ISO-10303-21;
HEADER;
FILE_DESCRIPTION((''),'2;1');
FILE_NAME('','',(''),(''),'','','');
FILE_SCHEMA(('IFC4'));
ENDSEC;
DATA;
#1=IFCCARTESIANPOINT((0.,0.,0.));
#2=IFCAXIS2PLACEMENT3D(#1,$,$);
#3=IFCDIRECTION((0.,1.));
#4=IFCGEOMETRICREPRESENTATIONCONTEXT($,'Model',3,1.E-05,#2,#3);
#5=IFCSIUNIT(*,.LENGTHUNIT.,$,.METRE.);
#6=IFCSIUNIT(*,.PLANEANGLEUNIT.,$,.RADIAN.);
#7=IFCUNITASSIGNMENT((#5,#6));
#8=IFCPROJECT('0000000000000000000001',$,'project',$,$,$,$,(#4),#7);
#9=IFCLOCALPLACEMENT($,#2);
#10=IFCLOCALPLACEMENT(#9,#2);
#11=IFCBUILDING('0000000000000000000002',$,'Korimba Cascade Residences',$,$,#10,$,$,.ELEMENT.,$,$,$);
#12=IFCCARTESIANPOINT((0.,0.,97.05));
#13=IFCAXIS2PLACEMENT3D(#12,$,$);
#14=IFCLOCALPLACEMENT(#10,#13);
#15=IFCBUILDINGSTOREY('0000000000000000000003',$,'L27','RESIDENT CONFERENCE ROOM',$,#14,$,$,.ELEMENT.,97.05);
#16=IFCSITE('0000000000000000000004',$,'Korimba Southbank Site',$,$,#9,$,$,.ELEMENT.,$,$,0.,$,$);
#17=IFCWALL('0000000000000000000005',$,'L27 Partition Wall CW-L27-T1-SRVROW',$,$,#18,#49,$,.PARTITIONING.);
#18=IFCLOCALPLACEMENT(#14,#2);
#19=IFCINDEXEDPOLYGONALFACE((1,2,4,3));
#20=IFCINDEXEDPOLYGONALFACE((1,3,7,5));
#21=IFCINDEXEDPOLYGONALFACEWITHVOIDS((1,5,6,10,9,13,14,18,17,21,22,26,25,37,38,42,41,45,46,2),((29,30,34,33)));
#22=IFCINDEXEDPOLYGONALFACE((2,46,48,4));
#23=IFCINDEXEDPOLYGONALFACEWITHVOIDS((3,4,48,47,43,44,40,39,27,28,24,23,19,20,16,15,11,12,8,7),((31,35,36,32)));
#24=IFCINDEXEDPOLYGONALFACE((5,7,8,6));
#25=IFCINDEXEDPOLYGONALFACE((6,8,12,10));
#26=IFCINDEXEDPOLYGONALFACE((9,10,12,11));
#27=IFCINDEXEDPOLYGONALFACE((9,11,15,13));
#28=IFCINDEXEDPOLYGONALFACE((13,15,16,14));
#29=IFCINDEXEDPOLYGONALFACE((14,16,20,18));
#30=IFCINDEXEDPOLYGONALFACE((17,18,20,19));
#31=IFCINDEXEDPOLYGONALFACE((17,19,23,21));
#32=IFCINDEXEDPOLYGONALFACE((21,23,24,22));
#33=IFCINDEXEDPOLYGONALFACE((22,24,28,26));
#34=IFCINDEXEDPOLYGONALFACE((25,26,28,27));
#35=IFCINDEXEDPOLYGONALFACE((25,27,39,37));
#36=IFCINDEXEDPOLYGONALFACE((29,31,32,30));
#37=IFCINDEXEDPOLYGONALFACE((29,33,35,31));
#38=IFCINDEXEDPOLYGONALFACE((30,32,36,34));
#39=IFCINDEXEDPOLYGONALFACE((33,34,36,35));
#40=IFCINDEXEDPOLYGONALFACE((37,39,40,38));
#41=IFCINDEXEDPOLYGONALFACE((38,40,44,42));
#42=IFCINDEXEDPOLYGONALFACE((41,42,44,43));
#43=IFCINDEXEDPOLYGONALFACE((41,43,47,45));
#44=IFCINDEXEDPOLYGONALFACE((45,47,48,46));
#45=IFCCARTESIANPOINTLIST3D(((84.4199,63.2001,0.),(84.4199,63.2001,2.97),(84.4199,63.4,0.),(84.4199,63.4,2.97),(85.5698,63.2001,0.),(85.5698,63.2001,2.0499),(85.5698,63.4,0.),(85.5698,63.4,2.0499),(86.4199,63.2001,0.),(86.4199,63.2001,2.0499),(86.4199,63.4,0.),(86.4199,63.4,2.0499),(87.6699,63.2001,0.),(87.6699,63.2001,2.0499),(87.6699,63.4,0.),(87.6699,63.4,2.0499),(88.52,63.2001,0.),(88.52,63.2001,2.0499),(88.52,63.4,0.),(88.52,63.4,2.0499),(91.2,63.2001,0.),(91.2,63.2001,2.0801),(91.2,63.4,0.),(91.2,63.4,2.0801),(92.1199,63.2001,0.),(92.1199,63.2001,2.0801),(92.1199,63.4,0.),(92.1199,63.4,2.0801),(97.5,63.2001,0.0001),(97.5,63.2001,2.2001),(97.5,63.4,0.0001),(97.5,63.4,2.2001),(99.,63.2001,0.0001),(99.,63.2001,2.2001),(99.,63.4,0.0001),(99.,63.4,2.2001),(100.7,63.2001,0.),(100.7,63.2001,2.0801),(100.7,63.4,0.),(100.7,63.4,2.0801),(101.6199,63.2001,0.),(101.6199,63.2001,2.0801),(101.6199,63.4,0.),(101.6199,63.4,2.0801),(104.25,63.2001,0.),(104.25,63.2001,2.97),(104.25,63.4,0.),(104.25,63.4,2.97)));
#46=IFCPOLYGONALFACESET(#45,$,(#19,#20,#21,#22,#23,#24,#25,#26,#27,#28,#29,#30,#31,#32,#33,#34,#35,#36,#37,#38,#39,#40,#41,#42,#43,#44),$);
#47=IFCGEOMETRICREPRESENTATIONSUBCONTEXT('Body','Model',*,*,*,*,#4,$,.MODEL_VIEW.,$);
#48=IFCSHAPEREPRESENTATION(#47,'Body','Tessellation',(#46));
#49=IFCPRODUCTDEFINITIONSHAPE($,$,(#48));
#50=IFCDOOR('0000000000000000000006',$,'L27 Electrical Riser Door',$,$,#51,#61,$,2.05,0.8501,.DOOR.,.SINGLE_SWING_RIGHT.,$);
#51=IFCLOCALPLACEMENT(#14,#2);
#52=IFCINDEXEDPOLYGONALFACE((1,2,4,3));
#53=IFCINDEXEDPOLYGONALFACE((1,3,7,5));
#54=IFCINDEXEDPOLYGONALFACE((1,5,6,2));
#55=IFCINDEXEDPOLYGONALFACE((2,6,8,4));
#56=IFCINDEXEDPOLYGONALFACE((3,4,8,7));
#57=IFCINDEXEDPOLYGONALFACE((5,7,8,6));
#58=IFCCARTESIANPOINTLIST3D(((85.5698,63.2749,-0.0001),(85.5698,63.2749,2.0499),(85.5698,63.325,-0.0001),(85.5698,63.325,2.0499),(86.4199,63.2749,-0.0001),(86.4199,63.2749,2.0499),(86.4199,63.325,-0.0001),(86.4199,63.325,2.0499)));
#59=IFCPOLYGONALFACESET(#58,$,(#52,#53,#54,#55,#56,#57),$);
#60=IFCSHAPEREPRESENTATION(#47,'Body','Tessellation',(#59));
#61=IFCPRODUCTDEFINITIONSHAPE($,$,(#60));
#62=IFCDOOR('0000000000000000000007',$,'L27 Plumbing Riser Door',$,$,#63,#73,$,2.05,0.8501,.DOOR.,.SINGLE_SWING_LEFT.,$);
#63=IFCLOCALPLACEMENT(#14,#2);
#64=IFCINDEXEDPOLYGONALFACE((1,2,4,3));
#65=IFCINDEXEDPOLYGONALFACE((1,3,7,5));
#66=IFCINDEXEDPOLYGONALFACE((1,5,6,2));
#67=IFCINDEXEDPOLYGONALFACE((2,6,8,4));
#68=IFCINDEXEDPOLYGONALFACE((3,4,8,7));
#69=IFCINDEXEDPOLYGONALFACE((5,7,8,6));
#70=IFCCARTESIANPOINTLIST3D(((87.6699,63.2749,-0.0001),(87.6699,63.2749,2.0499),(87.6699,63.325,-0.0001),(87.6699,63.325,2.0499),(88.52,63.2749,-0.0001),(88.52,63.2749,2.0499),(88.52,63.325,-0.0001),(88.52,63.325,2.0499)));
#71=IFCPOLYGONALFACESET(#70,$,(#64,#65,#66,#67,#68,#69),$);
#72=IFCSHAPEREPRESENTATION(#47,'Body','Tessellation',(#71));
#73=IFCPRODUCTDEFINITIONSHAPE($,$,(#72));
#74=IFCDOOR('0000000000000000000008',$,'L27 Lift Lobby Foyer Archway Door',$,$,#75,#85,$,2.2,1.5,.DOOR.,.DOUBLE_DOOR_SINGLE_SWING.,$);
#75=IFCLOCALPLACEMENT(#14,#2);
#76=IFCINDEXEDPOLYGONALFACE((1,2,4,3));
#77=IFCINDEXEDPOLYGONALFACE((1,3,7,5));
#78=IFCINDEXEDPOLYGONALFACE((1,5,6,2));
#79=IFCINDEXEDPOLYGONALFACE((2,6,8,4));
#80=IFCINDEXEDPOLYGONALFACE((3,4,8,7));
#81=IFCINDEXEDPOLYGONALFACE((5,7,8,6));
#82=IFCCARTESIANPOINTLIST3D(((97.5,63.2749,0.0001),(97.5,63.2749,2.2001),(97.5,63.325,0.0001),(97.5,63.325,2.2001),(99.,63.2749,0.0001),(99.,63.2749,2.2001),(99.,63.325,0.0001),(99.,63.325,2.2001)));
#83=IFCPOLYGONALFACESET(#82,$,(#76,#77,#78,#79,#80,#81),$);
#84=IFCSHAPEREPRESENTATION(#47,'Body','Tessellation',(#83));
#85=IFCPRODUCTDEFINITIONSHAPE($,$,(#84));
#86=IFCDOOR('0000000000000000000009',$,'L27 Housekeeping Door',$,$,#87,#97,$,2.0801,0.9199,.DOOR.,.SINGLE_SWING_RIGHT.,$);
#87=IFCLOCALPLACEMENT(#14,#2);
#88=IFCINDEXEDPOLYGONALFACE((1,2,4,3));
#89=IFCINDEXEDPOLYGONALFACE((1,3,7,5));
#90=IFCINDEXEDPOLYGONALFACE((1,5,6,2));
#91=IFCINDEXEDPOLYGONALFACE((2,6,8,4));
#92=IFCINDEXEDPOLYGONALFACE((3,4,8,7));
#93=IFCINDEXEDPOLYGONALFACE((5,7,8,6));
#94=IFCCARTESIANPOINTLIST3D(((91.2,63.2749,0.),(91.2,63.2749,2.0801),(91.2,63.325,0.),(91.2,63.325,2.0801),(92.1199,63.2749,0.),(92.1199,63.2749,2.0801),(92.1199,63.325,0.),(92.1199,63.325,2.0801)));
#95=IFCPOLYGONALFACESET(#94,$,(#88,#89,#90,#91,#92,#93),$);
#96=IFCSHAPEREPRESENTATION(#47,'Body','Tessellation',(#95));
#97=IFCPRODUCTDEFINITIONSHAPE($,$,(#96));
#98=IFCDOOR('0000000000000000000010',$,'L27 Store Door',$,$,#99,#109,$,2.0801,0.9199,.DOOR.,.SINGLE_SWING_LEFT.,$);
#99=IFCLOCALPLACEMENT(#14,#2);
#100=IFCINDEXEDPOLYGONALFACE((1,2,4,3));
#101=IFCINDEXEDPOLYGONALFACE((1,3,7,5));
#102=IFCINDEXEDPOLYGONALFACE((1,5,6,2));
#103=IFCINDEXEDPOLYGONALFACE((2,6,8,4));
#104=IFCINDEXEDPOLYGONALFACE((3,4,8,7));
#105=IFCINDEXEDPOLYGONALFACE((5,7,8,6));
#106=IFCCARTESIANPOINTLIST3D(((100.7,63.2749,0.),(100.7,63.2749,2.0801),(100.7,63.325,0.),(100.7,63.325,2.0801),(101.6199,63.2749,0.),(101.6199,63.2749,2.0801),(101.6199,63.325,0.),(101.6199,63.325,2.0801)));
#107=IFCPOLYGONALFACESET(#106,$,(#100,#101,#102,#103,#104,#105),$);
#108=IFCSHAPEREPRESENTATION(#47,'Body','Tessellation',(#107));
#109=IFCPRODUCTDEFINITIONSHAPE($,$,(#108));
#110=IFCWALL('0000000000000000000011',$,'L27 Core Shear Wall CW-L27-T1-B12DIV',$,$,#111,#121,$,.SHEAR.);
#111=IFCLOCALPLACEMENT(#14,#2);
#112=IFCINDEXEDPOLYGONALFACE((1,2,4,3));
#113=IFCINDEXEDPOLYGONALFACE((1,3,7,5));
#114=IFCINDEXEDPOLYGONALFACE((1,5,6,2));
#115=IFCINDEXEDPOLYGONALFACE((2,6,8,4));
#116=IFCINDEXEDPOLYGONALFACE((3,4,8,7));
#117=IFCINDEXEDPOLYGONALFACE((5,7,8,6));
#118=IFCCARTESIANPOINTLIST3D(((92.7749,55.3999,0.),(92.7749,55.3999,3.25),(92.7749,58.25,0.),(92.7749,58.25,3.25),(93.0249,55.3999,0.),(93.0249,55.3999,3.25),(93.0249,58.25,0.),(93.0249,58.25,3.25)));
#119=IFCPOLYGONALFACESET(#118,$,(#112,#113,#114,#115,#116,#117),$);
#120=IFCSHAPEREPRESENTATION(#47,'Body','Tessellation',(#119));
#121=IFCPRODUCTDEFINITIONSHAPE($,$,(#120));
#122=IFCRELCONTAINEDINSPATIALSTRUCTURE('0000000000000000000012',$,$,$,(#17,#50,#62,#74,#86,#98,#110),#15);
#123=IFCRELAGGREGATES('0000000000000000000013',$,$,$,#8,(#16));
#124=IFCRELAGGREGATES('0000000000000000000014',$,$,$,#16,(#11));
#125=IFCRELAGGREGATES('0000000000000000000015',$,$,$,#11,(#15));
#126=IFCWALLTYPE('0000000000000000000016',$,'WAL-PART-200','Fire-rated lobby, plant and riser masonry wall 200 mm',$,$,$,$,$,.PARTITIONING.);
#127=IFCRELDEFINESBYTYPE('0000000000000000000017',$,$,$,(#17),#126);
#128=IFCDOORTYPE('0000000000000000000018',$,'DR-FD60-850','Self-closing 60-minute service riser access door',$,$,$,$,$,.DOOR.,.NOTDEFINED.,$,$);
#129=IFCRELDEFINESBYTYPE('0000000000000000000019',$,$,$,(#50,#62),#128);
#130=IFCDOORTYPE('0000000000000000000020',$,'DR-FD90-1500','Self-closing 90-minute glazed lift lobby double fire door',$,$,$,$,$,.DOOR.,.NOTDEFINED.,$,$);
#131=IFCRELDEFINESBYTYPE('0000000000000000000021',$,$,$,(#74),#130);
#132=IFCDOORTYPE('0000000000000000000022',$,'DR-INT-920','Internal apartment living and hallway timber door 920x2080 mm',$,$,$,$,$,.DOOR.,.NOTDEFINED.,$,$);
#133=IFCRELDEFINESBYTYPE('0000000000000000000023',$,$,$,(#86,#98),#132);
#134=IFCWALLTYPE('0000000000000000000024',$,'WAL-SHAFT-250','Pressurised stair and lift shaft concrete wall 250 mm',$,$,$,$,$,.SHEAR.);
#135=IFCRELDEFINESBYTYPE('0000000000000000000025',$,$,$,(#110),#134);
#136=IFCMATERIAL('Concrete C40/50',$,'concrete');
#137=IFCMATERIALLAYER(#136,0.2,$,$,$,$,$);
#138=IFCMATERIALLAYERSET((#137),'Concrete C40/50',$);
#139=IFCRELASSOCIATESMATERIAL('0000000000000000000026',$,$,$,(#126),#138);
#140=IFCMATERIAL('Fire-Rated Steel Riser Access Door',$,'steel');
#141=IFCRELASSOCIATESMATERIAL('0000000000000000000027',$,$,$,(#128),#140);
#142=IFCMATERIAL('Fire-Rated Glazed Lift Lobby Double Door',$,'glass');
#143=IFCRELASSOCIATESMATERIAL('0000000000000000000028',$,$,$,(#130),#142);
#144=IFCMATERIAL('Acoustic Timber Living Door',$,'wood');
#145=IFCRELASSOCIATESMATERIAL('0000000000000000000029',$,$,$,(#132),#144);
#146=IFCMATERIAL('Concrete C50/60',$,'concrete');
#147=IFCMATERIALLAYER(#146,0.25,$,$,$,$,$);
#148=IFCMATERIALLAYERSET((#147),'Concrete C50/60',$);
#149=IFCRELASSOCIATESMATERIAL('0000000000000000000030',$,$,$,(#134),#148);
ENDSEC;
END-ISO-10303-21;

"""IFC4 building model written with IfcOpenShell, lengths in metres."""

from ifc_helpers import new_model, si_unit, direction, frame, frame_2d, origin, place, context, subcontext, project, spatial, rectangle, extrude, material, layer, layer_set, type_object, element, fill, save


model = new_model("IFC4")

# Units and contexts
model_context = context("Model", 3, precision=1e-05, world=origin(), true_north=direction((0.0, 1.0)))
body_context = subcontext(model_context, "Body", "Model", "MODEL_VIEW")
ifc_project = project(units=[si_unit("LENGTHUNIT", "METRE"), si_unit("PLANEANGLEUNIT", "RADIAN")], contexts=[model_context])

# Site, building, storey
site_placement = place(None, origin())
site = spatial("IfcSite", under=ifc_project, at=site_placement, Name="Korimba Southbank Site", CompositionType="ELEMENT", RefElevation=0.0)
building_placement = place(site_placement, origin())
building = spatial("IfcBuilding", under=site, at=building_placement, Name="Korimba Cascade Residences", CompositionType="ELEMENT")
storey_placement = place(building_placement, frame((0.0, 0.0, 97.05)))
storey = spatial("IfcBuildingStorey", under=building, at=storey_placement, Name="L27", Description="RESIDENT CONFERENCE ROOM", CompositionType="ELEMENT", Elevation=97.05)

# Shared definitions
ifc_material_1 = material(Name="Concrete C40/50", Category="concrete")
ifc_layer_1 = layer(ifc_material_1, 0.2)
ifc_layer_set_1 = layer_set([ifc_layer_1], Name="Concrete C40/50")
wall_type_1 = type_object("IfcWallType", Name="WAL-PART-200", Description="Fire-rated lobby, plant and riser masonry wall 200 mm", PredefinedType="PARTITIONING", material=ifc_layer_set_1)

# Wall, openings, doors
wall_1_placement = place(storey_placement, frame((84.4199, 63.3, 0.0), z_axis=(0.0, 0.0, 1.0), x_axis=(1.0, 0.0, 0.0)))
wall_1 = element("IfcWall", 1, at=wall_1_placement, inside=storey, type_object=wall_type_1, Name="L27 Partition Wall CW-L27-T1-SRVROW", PredefinedType="PARTITIONING", context=body_context, shape_type="SweptSolid", body=[
    extrude(rectangle(XDim=19.8301, YDim=0.2, at=frame_2d((9.915, 0.0))), origin(), (0.0, 0.0, 1.0), 2.97),
])
opening_1_placement = place(wall_1_placement, frame((1.1499, 0.0, 0.0)))
opening_1 = element("IfcOpeningElement", 2, at=opening_1_placement, cuts=wall_1, PredefinedType="OPENING", context=body_context, shape_type="SweptSolid", body=[
    extrude(rectangle(XDim=0.8501, YDim=2.05, at=frame_2d((0.425, 1.0249))), frame((0.0, 0.1099, 0.0), z_axis=(0.0, -1.0, 0.0), x_axis=(1.0, 0.0, 0.0)), (0.0, 0.0, 1.0), 0.22),
])
opening_2_placement = place(wall_1_placement, frame((3.25, 0.0, 0.0)))
opening_2 = element("IfcOpeningElement", 3, at=opening_2_placement, cuts=wall_1, PredefinedType="OPENING", context=body_context, shape_type="SweptSolid", body=[
    extrude(rectangle(XDim=0.8501, YDim=2.05, at=frame_2d((0.425, 1.0249))), frame((0.0, 0.1099, 0.0), z_axis=(0.0, -1.0, 0.0), x_axis=(1.0, 0.0, 0.0)), (0.0, 0.0, 1.0), 0.22),
])
opening_3_placement = place(wall_1_placement, frame((13.0801, 0.0, 0.0)))
opening_3 = element("IfcOpeningElement", 4, at=opening_3_placement, cuts=wall_1, PredefinedType="OPENING", context=body_context, shape_type="SweptSolid", body=[
    extrude(rectangle(XDim=1.5, YDim=2.2, at=frame_2d((0.75, 1.1001))), frame((0.0, 0.1099, 0.0), z_axis=(0.0, -1.0, 0.0), x_axis=(1.0, 0.0, 0.0)), (0.0, 0.0, 1.0), 0.22),
])
opening_4_placement = place(wall_1_placement, frame((6.78, 0.0, 0.0)))
opening_4 = element("IfcOpeningElement", 5, at=opening_4_placement, cuts=wall_1, PredefinedType="OPENING", context=body_context, shape_type="SweptSolid", body=[
    extrude(rectangle(XDim=0.9199, YDim=2.0801, at=frame_2d((0.46, 1.04))), frame((0.0, 0.1099, 0.0), z_axis=(0.0, -1.0, 0.0), x_axis=(1.0, 0.0, 0.0)), (0.0, 0.0, 1.0), 0.22),
])
opening_5_placement = place(wall_1_placement, frame((16.28, 0.0, 0.0)))
opening_5 = element("IfcOpeningElement", 6, at=opening_5_placement, cuts=wall_1, PredefinedType="OPENING", context=body_context, shape_type="SweptSolid", body=[
    extrude(rectangle(XDim=0.9199, YDim=2.0801, at=frame_2d((0.46, 1.04))), frame((0.0, 0.1099, 0.0), z_axis=(0.0, -1.0, 0.0), x_axis=(1.0, 0.0, 0.0)), (0.0, 0.0, 1.0), 0.22),
])
ifc_material_2 = material(Name="Fire-Rated Steel Riser Access Door", Category="steel")
door_type_1 = type_object("IfcDoorType", Name="DR-FD60-850", Description="Self-closing 60-minute service riser access door", OperationType="NOTDEFINED", PredefinedType="DOOR", material=ifc_material_2)
door_1_placement = place(opening_1_placement, origin())
door_1 = element("IfcDoor", 7, at=door_1_placement, inside=storey, type_object=door_type_1, Name="L27 Electrical Riser Door", OperationType="SINGLE_SWING_RIGHT", OverallHeight=2.05, OverallWidth=0.8501, PredefinedType="DOOR", context=body_context, shape_type="SweptSolid", body=[
    extrude(rectangle(XDim=0.8501, YDim=2.05, at=frame_2d((0.425, 1.0249))), frame((0.0, 0.0249, 0.0), z_axis=(0.0, -1.0, 0.0), x_axis=(1.0, 0.0, 0.0)), (0.0, 0.0, 1.0), 0.05),
])
fill(opening_1, door_1)
door_2_placement = place(opening_2_placement, origin())
door_2 = element("IfcDoor", 8, at=door_2_placement, inside=storey, type_object=door_type_1, Name="L27 Plumbing Riser Door", OperationType="SINGLE_SWING_LEFT", OverallHeight=2.05, OverallWidth=0.8501, PredefinedType="DOOR", context=body_context, shape_type="SweptSolid", body=[
    extrude(rectangle(XDim=0.8501, YDim=2.05, at=frame_2d((0.425, 1.0249))), frame((0.0, 0.0249, 0.0), z_axis=(0.0, -1.0, 0.0), x_axis=(1.0, 0.0, 0.0)), (0.0, 0.0, 1.0), 0.05),
])
fill(opening_2, door_2)
ifc_material_3 = material(Name="Fire-Rated Glazed Lift Lobby Double Door", Category="glass")
door_type_2 = type_object("IfcDoorType", Name="DR-FD90-1500", Description="Self-closing 90-minute glazed lift lobby double fire door", OperationType="NOTDEFINED", PredefinedType="DOOR", material=ifc_material_3)
door_3_placement = place(opening_3_placement, origin())
door_3 = element("IfcDoor", 9, at=door_3_placement, inside=storey, type_object=door_type_2, Name="L27 Lift Lobby Foyer Archway Door", OperationType="DOUBLE_DOOR_SINGLE_SWING", OverallHeight=2.2, OverallWidth=1.5, PredefinedType="DOOR", context=body_context, shape_type="SweptSolid", body=[
    extrude(rectangle(XDim=1.5, YDim=2.2, at=frame_2d((0.75, 1.1001))), frame((0.0, 0.0249, 0.0), z_axis=(0.0, -1.0, 0.0), x_axis=(1.0, 0.0, 0.0)), (0.0, 0.0, 1.0), 0.05),
])
fill(opening_3, door_3)
ifc_material_4 = material(Name="Acoustic Timber Living Door", Category="wood")
door_type_3 = type_object("IfcDoorType", Name="DR-INT-920", Description="Internal apartment living and hallway timber door 920x2080 mm", OperationType="NOTDEFINED", PredefinedType="DOOR", material=ifc_material_4)
door_4_placement = place(opening_4_placement, origin())
door_4 = element("IfcDoor", 10, at=door_4_placement, inside=storey, type_object=door_type_3, Name="L27 Housekeeping Door", OperationType="SINGLE_SWING_RIGHT", OverallHeight=2.0801, OverallWidth=0.9199, PredefinedType="DOOR", context=body_context, shape_type="SweptSolid", body=[
    extrude(rectangle(XDim=0.9199, YDim=2.0801, at=frame_2d((0.46, 1.04))), frame((0.0, 0.0249, 0.0), z_axis=(0.0, -1.0, 0.0), x_axis=(1.0, 0.0, 0.0)), (0.0, 0.0, 1.0), 0.05),
])
fill(opening_4, door_4)
door_5_placement = place(opening_5_placement, origin())
door_5 = element("IfcDoor", 11, at=door_5_placement, inside=storey, type_object=door_type_3, Name="L27 Store Door", OperationType="SINGLE_SWING_LEFT", OverallHeight=2.0801, OverallWidth=0.9199, PredefinedType="DOOR", context=body_context, shape_type="SweptSolid", body=[
    extrude(rectangle(XDim=0.9199, YDim=2.0801, at=frame_2d((0.46, 1.04))), frame((0.0, 0.0249, 0.0), z_axis=(0.0, -1.0, 0.0), x_axis=(1.0, 0.0, 0.0)), (0.0, 0.0, 1.0), 0.05),
])
fill(opening_5, door_5)

# Wall
ifc_material_5 = material(Name="Concrete C50/60", Category="concrete")
ifc_layer_2 = layer(ifc_material_5, 0.25)
ifc_layer_set_2 = layer_set([ifc_layer_2], Name="Concrete C50/60")
wall_type_2 = type_object("IfcWallType", Name="WAL-SHAFT-250", Description="Pressurised stair and lift shaft concrete wall 250 mm", PredefinedType="SHEAR", material=ifc_layer_set_2)
wall_2_placement = place(storey_placement, frame((92.8999, 55.3999, 0.0), z_axis=(0.0, 0.0, 1.0), x_axis=(0.0, 1.0, 0.0)))
element("IfcWall", 12, at=wall_2_placement, inside=storey, type_object=wall_type_2, Name="L27 Core Shear Wall CW-L27-T1-B12DIV", PredefinedType="SHEAR", context=body_context, shape_type="SweptSolid", body=[
    extrude(rectangle(XDim=2.8501, YDim=0.25, at=frame_2d((1.425, 0.0))), origin(), (0.0, 0.0, 1.0), 3.25),
])

save(model, "model.ifc")
